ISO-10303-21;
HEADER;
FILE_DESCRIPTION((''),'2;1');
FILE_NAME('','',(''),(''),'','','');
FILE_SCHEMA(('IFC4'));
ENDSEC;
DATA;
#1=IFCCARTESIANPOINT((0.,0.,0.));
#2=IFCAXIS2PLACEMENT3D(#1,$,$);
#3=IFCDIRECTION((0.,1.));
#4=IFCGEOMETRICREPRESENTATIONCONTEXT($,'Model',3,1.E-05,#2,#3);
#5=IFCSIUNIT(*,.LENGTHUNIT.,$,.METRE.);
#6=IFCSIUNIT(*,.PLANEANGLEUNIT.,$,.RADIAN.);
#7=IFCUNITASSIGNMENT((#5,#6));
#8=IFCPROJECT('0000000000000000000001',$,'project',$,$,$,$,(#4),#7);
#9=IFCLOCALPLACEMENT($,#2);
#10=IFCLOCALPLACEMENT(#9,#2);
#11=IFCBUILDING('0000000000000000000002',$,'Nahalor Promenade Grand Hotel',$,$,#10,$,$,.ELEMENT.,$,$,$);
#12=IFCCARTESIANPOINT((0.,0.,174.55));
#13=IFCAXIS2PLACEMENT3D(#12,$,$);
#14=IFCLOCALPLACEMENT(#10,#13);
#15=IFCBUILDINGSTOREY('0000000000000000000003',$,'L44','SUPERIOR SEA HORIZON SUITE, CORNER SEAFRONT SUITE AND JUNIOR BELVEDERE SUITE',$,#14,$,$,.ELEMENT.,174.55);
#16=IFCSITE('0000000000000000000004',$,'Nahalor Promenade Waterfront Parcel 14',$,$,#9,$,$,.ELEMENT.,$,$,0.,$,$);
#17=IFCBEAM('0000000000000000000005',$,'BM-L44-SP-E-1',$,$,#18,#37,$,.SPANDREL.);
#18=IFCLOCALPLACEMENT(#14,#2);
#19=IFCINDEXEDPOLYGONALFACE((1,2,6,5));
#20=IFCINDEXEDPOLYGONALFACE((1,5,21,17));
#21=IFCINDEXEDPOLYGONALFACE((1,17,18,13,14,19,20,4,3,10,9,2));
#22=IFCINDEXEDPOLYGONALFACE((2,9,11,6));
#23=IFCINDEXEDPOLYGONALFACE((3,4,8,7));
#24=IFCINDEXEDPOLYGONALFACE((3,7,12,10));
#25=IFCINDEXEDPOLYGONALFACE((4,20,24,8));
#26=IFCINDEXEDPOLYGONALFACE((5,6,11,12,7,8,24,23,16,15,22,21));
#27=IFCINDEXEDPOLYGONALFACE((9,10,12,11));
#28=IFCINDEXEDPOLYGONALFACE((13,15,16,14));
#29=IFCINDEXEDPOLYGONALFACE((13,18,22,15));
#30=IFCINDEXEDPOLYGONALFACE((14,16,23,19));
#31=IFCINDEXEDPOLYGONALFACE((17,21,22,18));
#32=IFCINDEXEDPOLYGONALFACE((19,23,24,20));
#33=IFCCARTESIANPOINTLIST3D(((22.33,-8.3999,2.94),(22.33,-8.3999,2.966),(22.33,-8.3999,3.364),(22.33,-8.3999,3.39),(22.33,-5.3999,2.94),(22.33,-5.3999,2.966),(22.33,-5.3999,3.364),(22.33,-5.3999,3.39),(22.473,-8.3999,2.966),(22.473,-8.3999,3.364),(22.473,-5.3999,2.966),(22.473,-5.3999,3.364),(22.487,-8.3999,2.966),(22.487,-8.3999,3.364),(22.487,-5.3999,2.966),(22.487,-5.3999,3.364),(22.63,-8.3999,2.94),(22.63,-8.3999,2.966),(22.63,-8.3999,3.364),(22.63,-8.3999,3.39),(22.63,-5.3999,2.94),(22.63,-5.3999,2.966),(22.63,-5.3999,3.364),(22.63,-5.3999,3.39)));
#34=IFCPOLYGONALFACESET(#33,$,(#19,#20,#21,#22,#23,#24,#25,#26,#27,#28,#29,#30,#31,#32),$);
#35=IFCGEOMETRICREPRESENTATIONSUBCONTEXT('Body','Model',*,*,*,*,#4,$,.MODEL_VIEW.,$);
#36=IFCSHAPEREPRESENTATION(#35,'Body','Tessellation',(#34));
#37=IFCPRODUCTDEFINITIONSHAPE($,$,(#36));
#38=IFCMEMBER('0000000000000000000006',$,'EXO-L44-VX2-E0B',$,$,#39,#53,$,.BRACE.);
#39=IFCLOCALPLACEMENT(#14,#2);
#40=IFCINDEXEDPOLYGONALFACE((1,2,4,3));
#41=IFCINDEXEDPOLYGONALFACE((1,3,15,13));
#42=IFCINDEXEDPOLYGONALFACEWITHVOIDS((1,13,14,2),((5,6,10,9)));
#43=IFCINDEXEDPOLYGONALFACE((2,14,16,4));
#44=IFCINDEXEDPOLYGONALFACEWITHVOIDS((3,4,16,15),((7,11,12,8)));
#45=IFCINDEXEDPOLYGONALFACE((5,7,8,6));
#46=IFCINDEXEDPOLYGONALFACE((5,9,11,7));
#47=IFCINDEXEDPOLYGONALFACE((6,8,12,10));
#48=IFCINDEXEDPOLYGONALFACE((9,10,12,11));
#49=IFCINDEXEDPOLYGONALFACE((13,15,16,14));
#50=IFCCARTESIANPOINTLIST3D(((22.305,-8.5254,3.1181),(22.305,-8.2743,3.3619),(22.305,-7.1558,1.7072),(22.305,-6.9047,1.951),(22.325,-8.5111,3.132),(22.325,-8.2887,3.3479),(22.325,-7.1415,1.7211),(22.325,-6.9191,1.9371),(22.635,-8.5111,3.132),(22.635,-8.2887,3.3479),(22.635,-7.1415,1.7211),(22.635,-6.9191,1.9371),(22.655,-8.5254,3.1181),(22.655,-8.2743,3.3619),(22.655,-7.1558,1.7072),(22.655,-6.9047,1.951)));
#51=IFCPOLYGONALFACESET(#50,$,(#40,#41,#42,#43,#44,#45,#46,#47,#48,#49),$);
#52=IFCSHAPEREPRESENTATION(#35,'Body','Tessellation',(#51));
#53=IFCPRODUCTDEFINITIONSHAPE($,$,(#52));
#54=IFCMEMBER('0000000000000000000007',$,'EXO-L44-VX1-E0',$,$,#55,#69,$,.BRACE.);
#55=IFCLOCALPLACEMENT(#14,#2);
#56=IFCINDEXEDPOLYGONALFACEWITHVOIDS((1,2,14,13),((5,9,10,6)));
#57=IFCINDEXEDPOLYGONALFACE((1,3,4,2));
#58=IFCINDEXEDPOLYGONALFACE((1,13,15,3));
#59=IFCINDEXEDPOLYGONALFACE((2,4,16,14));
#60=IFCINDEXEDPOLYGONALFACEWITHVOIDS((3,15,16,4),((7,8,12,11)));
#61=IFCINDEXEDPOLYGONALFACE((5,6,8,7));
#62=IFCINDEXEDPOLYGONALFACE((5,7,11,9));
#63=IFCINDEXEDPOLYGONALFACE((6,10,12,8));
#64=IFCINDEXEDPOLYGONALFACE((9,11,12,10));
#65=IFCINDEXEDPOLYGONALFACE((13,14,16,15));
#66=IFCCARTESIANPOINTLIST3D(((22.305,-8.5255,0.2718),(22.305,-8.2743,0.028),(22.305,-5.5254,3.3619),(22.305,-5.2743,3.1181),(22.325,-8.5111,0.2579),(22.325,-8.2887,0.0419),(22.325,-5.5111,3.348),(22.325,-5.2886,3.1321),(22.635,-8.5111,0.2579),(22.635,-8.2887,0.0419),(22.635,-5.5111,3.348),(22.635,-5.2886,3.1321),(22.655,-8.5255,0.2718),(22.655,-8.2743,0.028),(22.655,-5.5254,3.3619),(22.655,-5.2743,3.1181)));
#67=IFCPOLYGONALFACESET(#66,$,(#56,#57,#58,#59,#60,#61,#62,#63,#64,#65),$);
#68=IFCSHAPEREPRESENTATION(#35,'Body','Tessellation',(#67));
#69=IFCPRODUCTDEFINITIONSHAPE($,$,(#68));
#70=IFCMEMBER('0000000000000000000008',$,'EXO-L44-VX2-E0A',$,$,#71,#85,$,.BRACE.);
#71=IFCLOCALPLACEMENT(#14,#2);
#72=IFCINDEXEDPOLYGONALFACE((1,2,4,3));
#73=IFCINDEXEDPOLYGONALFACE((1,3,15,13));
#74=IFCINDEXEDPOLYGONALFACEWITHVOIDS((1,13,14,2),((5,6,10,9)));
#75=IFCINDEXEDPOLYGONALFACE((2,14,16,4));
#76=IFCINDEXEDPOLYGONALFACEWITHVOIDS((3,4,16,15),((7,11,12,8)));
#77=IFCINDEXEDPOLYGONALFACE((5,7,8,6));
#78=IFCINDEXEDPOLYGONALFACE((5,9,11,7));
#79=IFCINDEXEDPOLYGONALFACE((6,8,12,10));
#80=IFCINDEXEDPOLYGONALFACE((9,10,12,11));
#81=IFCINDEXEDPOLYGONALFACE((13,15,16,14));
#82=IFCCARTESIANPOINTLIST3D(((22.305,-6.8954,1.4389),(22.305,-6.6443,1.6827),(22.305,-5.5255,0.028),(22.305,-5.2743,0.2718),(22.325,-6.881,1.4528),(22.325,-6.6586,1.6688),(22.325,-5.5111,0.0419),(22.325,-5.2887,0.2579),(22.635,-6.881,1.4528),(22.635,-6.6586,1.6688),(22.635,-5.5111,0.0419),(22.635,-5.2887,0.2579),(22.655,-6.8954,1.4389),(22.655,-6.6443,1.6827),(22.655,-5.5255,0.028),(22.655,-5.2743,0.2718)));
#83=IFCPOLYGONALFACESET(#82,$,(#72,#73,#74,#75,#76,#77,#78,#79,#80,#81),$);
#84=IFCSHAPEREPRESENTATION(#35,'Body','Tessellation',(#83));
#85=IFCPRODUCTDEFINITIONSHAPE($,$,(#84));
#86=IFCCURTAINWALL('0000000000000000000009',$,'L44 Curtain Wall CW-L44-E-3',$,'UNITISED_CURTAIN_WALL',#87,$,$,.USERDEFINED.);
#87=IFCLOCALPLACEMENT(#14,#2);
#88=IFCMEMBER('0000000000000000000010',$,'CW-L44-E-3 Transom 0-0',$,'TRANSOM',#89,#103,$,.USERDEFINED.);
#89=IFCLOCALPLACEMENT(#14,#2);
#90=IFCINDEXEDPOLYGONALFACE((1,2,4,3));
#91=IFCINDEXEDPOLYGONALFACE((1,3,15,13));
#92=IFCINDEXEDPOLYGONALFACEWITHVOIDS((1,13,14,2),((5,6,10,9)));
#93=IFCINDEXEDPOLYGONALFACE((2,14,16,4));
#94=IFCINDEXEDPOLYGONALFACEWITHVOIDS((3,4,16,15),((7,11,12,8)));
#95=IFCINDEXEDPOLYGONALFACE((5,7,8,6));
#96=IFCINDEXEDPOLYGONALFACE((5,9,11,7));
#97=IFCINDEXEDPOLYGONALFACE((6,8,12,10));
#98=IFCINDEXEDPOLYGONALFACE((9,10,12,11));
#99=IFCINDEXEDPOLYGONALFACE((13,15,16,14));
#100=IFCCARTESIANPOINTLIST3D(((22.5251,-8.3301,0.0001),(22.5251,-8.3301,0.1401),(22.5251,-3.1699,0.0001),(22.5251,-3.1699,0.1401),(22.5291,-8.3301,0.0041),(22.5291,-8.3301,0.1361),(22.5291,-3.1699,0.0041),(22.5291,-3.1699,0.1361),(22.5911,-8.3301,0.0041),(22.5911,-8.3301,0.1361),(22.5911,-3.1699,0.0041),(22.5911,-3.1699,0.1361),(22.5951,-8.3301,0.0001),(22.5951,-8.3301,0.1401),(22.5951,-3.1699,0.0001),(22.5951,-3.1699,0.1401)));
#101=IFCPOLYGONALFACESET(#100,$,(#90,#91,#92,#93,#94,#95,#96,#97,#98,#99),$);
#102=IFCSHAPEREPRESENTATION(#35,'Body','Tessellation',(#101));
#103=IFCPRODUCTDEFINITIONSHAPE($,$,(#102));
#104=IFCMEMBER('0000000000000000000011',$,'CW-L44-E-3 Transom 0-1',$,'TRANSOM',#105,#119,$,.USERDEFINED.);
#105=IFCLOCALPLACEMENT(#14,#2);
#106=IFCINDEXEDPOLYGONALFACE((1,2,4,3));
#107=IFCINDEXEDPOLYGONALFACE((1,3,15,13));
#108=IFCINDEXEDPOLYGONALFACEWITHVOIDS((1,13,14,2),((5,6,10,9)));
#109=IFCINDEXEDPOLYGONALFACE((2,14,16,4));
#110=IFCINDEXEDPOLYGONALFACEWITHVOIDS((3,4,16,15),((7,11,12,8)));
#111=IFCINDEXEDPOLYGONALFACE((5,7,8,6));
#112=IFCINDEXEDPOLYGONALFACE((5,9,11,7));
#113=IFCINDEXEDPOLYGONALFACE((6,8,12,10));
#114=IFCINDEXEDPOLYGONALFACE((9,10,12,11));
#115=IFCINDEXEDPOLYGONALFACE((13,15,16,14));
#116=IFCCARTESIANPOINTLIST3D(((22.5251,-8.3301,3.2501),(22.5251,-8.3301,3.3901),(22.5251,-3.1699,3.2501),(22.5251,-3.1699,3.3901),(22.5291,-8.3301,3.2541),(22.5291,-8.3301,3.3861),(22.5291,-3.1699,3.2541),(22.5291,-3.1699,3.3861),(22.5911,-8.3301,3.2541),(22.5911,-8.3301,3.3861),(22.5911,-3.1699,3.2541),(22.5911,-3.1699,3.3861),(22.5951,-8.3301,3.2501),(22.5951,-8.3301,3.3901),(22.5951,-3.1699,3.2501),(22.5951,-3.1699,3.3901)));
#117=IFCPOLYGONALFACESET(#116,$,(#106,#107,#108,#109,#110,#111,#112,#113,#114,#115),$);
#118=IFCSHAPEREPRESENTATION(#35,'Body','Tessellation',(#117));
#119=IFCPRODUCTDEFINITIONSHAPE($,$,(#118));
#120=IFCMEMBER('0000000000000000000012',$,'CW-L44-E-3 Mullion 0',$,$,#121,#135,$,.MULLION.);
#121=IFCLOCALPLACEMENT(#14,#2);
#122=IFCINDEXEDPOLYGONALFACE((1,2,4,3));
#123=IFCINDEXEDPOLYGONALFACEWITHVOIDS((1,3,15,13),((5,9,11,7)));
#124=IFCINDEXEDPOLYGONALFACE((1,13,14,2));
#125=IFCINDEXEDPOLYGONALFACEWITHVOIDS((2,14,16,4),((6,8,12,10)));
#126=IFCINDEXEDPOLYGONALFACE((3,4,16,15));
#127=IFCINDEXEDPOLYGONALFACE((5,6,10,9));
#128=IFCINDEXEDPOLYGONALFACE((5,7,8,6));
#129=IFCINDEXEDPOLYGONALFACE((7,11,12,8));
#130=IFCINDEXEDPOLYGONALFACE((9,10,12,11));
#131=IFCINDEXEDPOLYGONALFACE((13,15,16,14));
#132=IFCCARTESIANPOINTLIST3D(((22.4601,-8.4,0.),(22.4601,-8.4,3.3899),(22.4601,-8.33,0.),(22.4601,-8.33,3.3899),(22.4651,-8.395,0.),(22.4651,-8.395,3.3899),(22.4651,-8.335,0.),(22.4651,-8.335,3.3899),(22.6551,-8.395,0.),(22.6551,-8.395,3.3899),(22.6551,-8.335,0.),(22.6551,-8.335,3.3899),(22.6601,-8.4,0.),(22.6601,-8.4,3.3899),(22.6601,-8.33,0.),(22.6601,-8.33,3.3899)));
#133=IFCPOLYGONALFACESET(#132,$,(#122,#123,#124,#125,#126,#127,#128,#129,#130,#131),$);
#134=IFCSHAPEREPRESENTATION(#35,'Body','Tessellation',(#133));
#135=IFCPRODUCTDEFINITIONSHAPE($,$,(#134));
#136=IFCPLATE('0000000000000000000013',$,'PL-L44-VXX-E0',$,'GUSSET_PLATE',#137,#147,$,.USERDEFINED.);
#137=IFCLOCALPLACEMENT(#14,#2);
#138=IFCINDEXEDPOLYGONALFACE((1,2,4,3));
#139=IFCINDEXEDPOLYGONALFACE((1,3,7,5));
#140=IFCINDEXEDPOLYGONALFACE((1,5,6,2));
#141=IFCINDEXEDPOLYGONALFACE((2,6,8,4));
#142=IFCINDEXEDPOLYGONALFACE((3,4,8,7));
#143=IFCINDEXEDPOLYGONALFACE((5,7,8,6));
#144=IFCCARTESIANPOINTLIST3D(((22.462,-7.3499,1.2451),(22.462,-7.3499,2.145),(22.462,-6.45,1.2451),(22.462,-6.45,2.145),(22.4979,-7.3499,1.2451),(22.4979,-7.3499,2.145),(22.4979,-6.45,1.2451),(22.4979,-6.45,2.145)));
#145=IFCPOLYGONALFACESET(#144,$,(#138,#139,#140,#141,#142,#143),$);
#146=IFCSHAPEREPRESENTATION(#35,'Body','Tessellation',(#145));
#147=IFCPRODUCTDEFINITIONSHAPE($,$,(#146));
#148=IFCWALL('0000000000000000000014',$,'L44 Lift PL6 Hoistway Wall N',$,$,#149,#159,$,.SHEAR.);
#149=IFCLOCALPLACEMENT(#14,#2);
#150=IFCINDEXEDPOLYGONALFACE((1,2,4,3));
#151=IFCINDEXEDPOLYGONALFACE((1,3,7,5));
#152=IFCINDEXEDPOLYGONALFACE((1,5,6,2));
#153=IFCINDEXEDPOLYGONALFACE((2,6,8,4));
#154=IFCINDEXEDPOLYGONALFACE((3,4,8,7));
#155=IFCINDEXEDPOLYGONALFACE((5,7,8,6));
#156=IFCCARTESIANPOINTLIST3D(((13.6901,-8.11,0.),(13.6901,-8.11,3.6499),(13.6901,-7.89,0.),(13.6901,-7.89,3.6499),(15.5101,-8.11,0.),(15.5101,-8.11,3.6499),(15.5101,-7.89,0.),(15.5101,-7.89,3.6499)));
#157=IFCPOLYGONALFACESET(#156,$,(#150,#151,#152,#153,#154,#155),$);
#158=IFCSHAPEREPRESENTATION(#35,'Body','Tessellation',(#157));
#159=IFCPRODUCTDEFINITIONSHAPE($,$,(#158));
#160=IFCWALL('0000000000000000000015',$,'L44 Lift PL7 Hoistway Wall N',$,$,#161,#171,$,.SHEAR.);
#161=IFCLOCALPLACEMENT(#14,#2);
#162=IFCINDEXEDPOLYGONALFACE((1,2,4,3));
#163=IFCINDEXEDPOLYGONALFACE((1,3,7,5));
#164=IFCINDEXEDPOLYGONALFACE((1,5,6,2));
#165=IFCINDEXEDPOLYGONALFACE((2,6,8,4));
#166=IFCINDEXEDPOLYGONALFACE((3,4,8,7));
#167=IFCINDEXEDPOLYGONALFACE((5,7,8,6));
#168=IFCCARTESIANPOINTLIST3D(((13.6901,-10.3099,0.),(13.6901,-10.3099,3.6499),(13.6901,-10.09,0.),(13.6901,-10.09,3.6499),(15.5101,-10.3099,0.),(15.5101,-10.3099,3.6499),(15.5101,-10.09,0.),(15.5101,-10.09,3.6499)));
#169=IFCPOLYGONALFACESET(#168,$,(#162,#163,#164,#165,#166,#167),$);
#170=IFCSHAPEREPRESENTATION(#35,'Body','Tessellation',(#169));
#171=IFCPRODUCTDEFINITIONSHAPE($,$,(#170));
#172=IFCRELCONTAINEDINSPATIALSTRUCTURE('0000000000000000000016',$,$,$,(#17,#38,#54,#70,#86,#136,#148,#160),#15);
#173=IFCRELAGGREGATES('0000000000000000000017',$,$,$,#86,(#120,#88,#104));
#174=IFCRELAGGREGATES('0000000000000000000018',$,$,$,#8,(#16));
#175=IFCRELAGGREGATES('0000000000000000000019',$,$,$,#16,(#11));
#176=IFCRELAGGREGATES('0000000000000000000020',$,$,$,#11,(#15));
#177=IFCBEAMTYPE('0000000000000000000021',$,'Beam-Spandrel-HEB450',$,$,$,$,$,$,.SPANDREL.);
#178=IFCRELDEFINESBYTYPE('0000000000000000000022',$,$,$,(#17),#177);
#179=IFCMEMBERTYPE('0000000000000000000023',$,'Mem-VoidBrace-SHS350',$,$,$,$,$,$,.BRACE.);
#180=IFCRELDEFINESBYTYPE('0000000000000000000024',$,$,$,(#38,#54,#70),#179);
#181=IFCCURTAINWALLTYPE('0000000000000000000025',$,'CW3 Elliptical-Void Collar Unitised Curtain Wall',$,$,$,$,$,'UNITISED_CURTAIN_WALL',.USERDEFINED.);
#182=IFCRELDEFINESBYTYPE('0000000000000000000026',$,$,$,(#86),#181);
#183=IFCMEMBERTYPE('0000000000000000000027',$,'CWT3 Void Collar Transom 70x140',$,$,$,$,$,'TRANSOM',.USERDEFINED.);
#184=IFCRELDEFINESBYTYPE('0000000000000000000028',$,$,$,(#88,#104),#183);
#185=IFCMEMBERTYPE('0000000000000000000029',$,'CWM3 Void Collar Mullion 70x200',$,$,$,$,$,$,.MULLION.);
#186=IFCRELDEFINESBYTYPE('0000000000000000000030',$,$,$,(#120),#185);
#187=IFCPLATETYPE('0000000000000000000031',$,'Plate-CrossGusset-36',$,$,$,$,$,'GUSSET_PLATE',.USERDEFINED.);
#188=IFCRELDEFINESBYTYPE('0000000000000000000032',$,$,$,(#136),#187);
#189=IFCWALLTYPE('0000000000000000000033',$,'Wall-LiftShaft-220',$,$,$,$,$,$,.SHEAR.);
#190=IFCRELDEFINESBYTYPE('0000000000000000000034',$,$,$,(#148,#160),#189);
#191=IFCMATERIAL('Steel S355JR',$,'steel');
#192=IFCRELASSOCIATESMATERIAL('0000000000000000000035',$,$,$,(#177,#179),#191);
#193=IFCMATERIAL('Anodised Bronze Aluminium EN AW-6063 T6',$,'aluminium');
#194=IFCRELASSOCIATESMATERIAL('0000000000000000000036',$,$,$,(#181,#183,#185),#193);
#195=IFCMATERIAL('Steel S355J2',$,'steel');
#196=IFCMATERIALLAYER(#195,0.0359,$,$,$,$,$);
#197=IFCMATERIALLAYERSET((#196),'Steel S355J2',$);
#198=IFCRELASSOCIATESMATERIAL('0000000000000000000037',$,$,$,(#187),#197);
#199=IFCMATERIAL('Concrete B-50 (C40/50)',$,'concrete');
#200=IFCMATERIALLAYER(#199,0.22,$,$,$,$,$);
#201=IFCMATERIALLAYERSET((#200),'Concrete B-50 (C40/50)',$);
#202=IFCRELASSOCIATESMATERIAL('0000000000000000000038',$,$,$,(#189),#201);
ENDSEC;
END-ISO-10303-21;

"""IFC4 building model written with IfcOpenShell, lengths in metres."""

from ifc_helpers import new_model, si_unit, direction, frame, frame_2d, origin, origin_2d, place, context, subcontext, project, spatial, rectangle, hollow_rectangle, i_section, extrude, source, transform, mapped, material, layer, layer_set, material_profile, profile_set, type_object, element, aggregate, save


model = new_model("IFC4")

# Units and contexts
model_context = context("Model", 3, precision=1e-05, world=origin(), true_north=direction((0.0, 1.0)))
body_context = subcontext(model_context, "Body", "Model", "MODEL_VIEW")
ifc_project = project(units=[si_unit("LENGTHUNIT", "METRE"), si_unit("PLANEANGLEUNIT", "RADIAN")], contexts=[model_context])

# Site, building, storey
site_placement = place(None, origin())
site = spatial("IfcSite", under=ifc_project, at=site_placement, Name="Nahalor Promenade Waterfront Parcel 14", CompositionType="ELEMENT", RefElevation=0.0)
building_placement = place(site_placement, origin())
building = spatial("IfcBuilding", under=site, at=building_placement, Name="Nahalor Promenade Grand Hotel", CompositionType="ELEMENT")
storey_placement = place(building_placement, frame((0.0, 0.0, 174.55)))
storey = spatial("IfcBuildingStorey", under=building, at=storey_placement, Name="L44", Description="SUPERIOR SEA HORIZON SUITE, CORNER SEAFRONT SUITE AND JUNIOR BELVEDERE SUITE", CompositionType="ELEMENT", Elevation=174.55)

# Shared definitions
ifc_material_1 = material(Name="Steel S355J2", Category="steel")

# Beam
ifc_material_2 = material(Name="Steel S355JR", Category="steel")
ifc_material_profile_1 = material_profile(ifc_material_2, i_section(OverallWidth=0.3, OverallDepth=0.45, WebThickness=0.014, FlangeThickness=0.026, at=origin_2d()), Name="HEB 450")
ifc_profile_set_1 = profile_set([ifc_material_profile_1], Name="Steel S355JR")
beam_type_1 = type_object("IfcBeamType", Name="Beam-Spandrel-HEB450", PredefinedType="SPANDREL", material=ifc_profile_set_1)
shared_shape_1 = source(origin(), body_context, "Body", "SweptSolid", [
    extrude(i_section(OverallWidth=0.3, OverallDepth=0.45, WebThickness=0.014, FlangeThickness=0.026, at=origin_2d()), origin(), (0.0, 0.0, 1.0), 3.0),
])
beam_1_placement = place(storey_placement, frame((22.48, -8.3999, 3.165), z_axis=(0.0, 1.0, 0.0), x_axis=(-1.0, 0.0, 0.0)))
element("IfcBeam", 1, at=beam_1_placement, inside=storey, type_object=beam_type_1, Name="BM-L44-SP-E-1", PredefinedType="SPANDREL", context=body_context, shape_type="MappedRepresentation", body=[
    mapped(shared_shape_1, transform((0.0, 0.0, 0.0), scale=1.0)),
])

# Members
ifc_material_profile_2 = material_profile(ifc_material_2, hollow_rectangle(XDim=0.35, YDim=0.35, WallThickness=0.02, at=origin_2d()), Name="SHS 350x350x20")
ifc_profile_set_2 = profile_set([ifc_material_profile_2], Name="Steel S355JR")
member_type_1 = type_object("IfcMemberType", Name="Mem-VoidBrace-SHS350", PredefinedType="BRACE", material=ifc_profile_set_2)
shared_shape_2 = source(origin(), body_context, "Body", "SweptSolid", [
    extrude(hollow_rectangle(XDim=0.35, YDim=0.35, WallThickness=0.02, at=origin_2d()), origin(), (0.0, 0.0, 1.0), 1.9663),
])
member_1_placement = place(storey_placement, frame((22.48, -7.0303, 1.8291), z_axis=(0.0, -0.696537, 0.71752), x_axis=(1.0, 0.0, 0.0)))
element("IfcMember", 2, at=member_1_placement, inside=storey, type_object=member_type_1, Name="EXO-L44-VX2-E0B", PredefinedType="BRACE", context=body_context, shape_type="MappedRepresentation", body=[
    mapped(shared_shape_2, transform((0.0, 0.0, 0.0), scale=1.0)),
])
shared_shape_3 = source(origin(), body_context, "Body", "SweptSolid", [
    extrude(hollow_rectangle(XDim=0.35, YDim=0.35, WallThickness=0.02, at=origin_2d()), origin(), (0.0, 0.0, 1.0), 4.3069),
])
member_2_placement = place(storey_placement, frame((22.48, -8.3999, 0.1499), z_axis=(0.0, 0.696571, 0.717488), x_axis=(-1.0, 0.0, 0.0)))
element("IfcMember", 3, at=member_2_placement, inside=storey, type_object=member_type_1, Name="EXO-L44-VX1-E0", PredefinedType="BRACE", context=body_context, shape_type="MappedRepresentation", body=[
    mapped(shared_shape_3, transform((0.0, 0.0, 0.0), scale=1.0)),
])
shared_shape_4 = source(origin(), body_context, "Body", "SweptSolid", [
    extrude(hollow_rectangle(XDim=0.35, YDim=0.35, WallThickness=0.02, at=origin_2d()), origin(), (0.0, 0.0, 1.0), 1.9666),
])
member_3_placement = place(storey_placement, frame((22.48, -5.3999, 0.1499), z_axis=(0.0, -0.696601, 0.717458), x_axis=(1.0, 0.0, 0.0)))
element("IfcMember", 4, at=member_3_placement, inside=storey, type_object=member_type_1, Name="EXO-L44-VX2-E0A", PredefinedType="BRACE", context=body_context, shape_type="MappedRepresentation", body=[
    mapped(shared_shape_4, transform((0.0, 0.0, 0.0), scale=1.0)),
])

# Curtain wall, members
ifc_material_3 = material(Name="Anodised Bronze Aluminium EN AW-6063 T6", Category="aluminium")
curtain_wall_type = type_object("IfcCurtainWallType", Name="CW3 Elliptical-Void Collar Unitised Curtain Wall", ElementType="UNITISED_CURTAIN_WALL", PredefinedType="USERDEFINED", material=ifc_material_3)
curtain_wall_placement = place(storey_placement, origin())
curtain_wall = element("IfcCurtainWall", 5, at=curtain_wall_placement, inside=storey, type_object=curtain_wall_type, Name="L44 Curtain Wall CW-L44-E-3", ObjectType="UNITISED_CURTAIN_WALL", PredefinedType="USERDEFINED")
ifc_material_profile_3 = material_profile(ifc_material_3, hollow_rectangle(XDim=0.07, YDim=0.14, WallThickness=0.004, at=origin_2d()), Name="CWT 70x140x4")
ifc_profile_set_3 = profile_set([ifc_material_profile_3], Name="Anodised Bronze Aluminium EN AW-6063 T6")
member_type_2 = type_object("IfcMemberType", Name="CWT3 Void Collar Transom 70x140", ElementType="TRANSOM", PredefinedType="USERDEFINED", material=ifc_profile_set_3)
shared_shape_5 = source(origin(), body_context, "Body", "SweptSolid", [
    extrude(hollow_rectangle(XDim=0.07, YDim=0.14, WallThickness=0.004, at=origin_2d()), origin(), (0.0, 0.0, 1.0), 5.1602),
])
member_4_placement = place(storey_placement, frame((22.5601, -8.3301, 0.0701), z_axis=(0.0, 1.0, 0.0), x_axis=(-1.0, 0.0, 0.0)))
member_4 = element("IfcMember", 6, at=member_4_placement, type_object=member_type_2, Name="CW-L44-E-3 Transom 0-0", ObjectType="TRANSOM", PredefinedType="USERDEFINED", context=body_context, shape_type="MappedRepresentation", body=[
    mapped(shared_shape_5, transform((0.0, 0.0, 0.0), scale=1.0)),
])
member_5_placement = place(storey_placement, frame((22.5601, -8.3301, 3.3201), z_axis=(0.0, 1.0, 0.0), x_axis=(-1.0, 0.0, 0.0)))
member_5 = element("IfcMember", 7, at=member_5_placement, type_object=member_type_2, Name="CW-L44-E-3 Transom 0-1", ObjectType="TRANSOM", PredefinedType="USERDEFINED", context=body_context, shape_type="MappedRepresentation", body=[
    mapped(shared_shape_5, transform((0.0, 0.0, 0.0), scale=1.0)),
])
ifc_material_profile_4 = material_profile(ifc_material_3, hollow_rectangle(XDim=0.07, YDim=0.2, WallThickness=0.005, at=origin_2d()), Name="CWM 70x200x5")
ifc_profile_set_4 = profile_set([ifc_material_profile_4], Name="Anodised Bronze Aluminium EN AW-6063 T6")
member_type_3 = type_object("IfcMemberType", Name="CWM3 Void Collar Mullion 70x200", PredefinedType="MULLION", material=ifc_profile_set_4)
shared_shape_6 = source(origin(), body_context, "Body", "SweptSolid", [
    extrude(hollow_rectangle(XDim=0.07, YDim=0.2, WallThickness=0.005, at=origin_2d()), origin(), (0.0, 0.0, 1.0), 3.3899),
])
member_6_placement = place(storey_placement, frame((22.5601, -8.365, 0.0), z_axis=(0.0, 0.0, 1.0), x_axis=(0.0, 1.0, 0.0)))
member_6 = element("IfcMember", 8, at=member_6_placement, type_object=member_type_3, Name="CW-L44-E-3 Mullion 0", PredefinedType="MULLION", context=body_context, shape_type="MappedRepresentation", body=[
    mapped(shared_shape_6, transform((0.0, 0.0, 0.0), scale=1.0)),
])
aggregate(curtain_wall, [member_6, member_4, member_5])

# Plate
ifc_layer_1 = layer(ifc_material_1, 0.0359)
ifc_layer_set_1 = layer_set([ifc_layer_1], Name="Steel S355J2")
plate_type_1 = type_object("IfcPlateType", Name="Plate-CrossGusset-36", ElementType="GUSSET_PLATE", PredefinedType="USERDEFINED", material=ifc_layer_set_1)
shared_shape_7 = source(origin(), body_context, "Body", "SweptSolid", [
    extrude(rectangle(XDim=0.8999, YDim=0.0359, at=origin_2d()), origin(), (0.0, 0.0, 1.0), 0.8999),
])
plate_1_placement = place(storey_placement, frame((22.48, -6.8999, 1.2451), z_axis=(0.0, 0.0, 1.0), x_axis=(0.0, 1.0, 0.0)))
element("IfcPlate", 9, at=plate_1_placement, inside=storey, type_object=plate_type_1, Name="PL-L44-VXX-E0", ObjectType="GUSSET_PLATE", PredefinedType="USERDEFINED", context=body_context, shape_type="MappedRepresentation", body=[
    mapped(shared_shape_7, transform((0.0, 0.0, 0.0), scale=1.0)),
])

# Walls
ifc_material_4 = material(Name="Concrete B-50 (C40/50)", Category="concrete")
ifc_layer_2 = layer(ifc_material_4, 0.22)
ifc_layer_set_2 = layer_set([ifc_layer_2], Name="Concrete B-50 (C40/50)")
wall_type_1 = type_object("IfcWallType", Name="Wall-LiftShaft-220", PredefinedType="SHEAR", material=ifc_layer_set_2)
shared_shape_8 = source(origin(), body_context, "Body", "SweptSolid", [
    extrude(rectangle(XDim=1.8201, YDim=0.22, at=frame_2d((0.9102, 0.0))), origin(), (0.0, 0.0, 1.0), 3.6499),
])
for number, where, z_axis, x_axis, name in (
    (10, (13.6899, -8.0, 0.0), (0.0, 0.0, 1.0), (1.0, 0.0, 0.0), "L44 Lift PL6 Hoistway Wall N"),
    (11, (13.6899, -10.2, 0.0), (0.0, 0.0, 1.0), (1.0, 0.0, 0.0), "L44 Lift PL7 Hoistway Wall N"),
):
    element("IfcWall", number, at=place(storey_placement, frame(where, z_axis=z_axis, x_axis=x_axis)), inside=storey, type_object=wall_type_1, Name=name, PredefinedType="SHEAR", context=body_context, shape_type="MappedRepresentation", body=[
        mapped(shared_shape_8, transform((0.0, 0.0, 0.0), scale=1.0)),
    ])

save(model, "model.ifc")
